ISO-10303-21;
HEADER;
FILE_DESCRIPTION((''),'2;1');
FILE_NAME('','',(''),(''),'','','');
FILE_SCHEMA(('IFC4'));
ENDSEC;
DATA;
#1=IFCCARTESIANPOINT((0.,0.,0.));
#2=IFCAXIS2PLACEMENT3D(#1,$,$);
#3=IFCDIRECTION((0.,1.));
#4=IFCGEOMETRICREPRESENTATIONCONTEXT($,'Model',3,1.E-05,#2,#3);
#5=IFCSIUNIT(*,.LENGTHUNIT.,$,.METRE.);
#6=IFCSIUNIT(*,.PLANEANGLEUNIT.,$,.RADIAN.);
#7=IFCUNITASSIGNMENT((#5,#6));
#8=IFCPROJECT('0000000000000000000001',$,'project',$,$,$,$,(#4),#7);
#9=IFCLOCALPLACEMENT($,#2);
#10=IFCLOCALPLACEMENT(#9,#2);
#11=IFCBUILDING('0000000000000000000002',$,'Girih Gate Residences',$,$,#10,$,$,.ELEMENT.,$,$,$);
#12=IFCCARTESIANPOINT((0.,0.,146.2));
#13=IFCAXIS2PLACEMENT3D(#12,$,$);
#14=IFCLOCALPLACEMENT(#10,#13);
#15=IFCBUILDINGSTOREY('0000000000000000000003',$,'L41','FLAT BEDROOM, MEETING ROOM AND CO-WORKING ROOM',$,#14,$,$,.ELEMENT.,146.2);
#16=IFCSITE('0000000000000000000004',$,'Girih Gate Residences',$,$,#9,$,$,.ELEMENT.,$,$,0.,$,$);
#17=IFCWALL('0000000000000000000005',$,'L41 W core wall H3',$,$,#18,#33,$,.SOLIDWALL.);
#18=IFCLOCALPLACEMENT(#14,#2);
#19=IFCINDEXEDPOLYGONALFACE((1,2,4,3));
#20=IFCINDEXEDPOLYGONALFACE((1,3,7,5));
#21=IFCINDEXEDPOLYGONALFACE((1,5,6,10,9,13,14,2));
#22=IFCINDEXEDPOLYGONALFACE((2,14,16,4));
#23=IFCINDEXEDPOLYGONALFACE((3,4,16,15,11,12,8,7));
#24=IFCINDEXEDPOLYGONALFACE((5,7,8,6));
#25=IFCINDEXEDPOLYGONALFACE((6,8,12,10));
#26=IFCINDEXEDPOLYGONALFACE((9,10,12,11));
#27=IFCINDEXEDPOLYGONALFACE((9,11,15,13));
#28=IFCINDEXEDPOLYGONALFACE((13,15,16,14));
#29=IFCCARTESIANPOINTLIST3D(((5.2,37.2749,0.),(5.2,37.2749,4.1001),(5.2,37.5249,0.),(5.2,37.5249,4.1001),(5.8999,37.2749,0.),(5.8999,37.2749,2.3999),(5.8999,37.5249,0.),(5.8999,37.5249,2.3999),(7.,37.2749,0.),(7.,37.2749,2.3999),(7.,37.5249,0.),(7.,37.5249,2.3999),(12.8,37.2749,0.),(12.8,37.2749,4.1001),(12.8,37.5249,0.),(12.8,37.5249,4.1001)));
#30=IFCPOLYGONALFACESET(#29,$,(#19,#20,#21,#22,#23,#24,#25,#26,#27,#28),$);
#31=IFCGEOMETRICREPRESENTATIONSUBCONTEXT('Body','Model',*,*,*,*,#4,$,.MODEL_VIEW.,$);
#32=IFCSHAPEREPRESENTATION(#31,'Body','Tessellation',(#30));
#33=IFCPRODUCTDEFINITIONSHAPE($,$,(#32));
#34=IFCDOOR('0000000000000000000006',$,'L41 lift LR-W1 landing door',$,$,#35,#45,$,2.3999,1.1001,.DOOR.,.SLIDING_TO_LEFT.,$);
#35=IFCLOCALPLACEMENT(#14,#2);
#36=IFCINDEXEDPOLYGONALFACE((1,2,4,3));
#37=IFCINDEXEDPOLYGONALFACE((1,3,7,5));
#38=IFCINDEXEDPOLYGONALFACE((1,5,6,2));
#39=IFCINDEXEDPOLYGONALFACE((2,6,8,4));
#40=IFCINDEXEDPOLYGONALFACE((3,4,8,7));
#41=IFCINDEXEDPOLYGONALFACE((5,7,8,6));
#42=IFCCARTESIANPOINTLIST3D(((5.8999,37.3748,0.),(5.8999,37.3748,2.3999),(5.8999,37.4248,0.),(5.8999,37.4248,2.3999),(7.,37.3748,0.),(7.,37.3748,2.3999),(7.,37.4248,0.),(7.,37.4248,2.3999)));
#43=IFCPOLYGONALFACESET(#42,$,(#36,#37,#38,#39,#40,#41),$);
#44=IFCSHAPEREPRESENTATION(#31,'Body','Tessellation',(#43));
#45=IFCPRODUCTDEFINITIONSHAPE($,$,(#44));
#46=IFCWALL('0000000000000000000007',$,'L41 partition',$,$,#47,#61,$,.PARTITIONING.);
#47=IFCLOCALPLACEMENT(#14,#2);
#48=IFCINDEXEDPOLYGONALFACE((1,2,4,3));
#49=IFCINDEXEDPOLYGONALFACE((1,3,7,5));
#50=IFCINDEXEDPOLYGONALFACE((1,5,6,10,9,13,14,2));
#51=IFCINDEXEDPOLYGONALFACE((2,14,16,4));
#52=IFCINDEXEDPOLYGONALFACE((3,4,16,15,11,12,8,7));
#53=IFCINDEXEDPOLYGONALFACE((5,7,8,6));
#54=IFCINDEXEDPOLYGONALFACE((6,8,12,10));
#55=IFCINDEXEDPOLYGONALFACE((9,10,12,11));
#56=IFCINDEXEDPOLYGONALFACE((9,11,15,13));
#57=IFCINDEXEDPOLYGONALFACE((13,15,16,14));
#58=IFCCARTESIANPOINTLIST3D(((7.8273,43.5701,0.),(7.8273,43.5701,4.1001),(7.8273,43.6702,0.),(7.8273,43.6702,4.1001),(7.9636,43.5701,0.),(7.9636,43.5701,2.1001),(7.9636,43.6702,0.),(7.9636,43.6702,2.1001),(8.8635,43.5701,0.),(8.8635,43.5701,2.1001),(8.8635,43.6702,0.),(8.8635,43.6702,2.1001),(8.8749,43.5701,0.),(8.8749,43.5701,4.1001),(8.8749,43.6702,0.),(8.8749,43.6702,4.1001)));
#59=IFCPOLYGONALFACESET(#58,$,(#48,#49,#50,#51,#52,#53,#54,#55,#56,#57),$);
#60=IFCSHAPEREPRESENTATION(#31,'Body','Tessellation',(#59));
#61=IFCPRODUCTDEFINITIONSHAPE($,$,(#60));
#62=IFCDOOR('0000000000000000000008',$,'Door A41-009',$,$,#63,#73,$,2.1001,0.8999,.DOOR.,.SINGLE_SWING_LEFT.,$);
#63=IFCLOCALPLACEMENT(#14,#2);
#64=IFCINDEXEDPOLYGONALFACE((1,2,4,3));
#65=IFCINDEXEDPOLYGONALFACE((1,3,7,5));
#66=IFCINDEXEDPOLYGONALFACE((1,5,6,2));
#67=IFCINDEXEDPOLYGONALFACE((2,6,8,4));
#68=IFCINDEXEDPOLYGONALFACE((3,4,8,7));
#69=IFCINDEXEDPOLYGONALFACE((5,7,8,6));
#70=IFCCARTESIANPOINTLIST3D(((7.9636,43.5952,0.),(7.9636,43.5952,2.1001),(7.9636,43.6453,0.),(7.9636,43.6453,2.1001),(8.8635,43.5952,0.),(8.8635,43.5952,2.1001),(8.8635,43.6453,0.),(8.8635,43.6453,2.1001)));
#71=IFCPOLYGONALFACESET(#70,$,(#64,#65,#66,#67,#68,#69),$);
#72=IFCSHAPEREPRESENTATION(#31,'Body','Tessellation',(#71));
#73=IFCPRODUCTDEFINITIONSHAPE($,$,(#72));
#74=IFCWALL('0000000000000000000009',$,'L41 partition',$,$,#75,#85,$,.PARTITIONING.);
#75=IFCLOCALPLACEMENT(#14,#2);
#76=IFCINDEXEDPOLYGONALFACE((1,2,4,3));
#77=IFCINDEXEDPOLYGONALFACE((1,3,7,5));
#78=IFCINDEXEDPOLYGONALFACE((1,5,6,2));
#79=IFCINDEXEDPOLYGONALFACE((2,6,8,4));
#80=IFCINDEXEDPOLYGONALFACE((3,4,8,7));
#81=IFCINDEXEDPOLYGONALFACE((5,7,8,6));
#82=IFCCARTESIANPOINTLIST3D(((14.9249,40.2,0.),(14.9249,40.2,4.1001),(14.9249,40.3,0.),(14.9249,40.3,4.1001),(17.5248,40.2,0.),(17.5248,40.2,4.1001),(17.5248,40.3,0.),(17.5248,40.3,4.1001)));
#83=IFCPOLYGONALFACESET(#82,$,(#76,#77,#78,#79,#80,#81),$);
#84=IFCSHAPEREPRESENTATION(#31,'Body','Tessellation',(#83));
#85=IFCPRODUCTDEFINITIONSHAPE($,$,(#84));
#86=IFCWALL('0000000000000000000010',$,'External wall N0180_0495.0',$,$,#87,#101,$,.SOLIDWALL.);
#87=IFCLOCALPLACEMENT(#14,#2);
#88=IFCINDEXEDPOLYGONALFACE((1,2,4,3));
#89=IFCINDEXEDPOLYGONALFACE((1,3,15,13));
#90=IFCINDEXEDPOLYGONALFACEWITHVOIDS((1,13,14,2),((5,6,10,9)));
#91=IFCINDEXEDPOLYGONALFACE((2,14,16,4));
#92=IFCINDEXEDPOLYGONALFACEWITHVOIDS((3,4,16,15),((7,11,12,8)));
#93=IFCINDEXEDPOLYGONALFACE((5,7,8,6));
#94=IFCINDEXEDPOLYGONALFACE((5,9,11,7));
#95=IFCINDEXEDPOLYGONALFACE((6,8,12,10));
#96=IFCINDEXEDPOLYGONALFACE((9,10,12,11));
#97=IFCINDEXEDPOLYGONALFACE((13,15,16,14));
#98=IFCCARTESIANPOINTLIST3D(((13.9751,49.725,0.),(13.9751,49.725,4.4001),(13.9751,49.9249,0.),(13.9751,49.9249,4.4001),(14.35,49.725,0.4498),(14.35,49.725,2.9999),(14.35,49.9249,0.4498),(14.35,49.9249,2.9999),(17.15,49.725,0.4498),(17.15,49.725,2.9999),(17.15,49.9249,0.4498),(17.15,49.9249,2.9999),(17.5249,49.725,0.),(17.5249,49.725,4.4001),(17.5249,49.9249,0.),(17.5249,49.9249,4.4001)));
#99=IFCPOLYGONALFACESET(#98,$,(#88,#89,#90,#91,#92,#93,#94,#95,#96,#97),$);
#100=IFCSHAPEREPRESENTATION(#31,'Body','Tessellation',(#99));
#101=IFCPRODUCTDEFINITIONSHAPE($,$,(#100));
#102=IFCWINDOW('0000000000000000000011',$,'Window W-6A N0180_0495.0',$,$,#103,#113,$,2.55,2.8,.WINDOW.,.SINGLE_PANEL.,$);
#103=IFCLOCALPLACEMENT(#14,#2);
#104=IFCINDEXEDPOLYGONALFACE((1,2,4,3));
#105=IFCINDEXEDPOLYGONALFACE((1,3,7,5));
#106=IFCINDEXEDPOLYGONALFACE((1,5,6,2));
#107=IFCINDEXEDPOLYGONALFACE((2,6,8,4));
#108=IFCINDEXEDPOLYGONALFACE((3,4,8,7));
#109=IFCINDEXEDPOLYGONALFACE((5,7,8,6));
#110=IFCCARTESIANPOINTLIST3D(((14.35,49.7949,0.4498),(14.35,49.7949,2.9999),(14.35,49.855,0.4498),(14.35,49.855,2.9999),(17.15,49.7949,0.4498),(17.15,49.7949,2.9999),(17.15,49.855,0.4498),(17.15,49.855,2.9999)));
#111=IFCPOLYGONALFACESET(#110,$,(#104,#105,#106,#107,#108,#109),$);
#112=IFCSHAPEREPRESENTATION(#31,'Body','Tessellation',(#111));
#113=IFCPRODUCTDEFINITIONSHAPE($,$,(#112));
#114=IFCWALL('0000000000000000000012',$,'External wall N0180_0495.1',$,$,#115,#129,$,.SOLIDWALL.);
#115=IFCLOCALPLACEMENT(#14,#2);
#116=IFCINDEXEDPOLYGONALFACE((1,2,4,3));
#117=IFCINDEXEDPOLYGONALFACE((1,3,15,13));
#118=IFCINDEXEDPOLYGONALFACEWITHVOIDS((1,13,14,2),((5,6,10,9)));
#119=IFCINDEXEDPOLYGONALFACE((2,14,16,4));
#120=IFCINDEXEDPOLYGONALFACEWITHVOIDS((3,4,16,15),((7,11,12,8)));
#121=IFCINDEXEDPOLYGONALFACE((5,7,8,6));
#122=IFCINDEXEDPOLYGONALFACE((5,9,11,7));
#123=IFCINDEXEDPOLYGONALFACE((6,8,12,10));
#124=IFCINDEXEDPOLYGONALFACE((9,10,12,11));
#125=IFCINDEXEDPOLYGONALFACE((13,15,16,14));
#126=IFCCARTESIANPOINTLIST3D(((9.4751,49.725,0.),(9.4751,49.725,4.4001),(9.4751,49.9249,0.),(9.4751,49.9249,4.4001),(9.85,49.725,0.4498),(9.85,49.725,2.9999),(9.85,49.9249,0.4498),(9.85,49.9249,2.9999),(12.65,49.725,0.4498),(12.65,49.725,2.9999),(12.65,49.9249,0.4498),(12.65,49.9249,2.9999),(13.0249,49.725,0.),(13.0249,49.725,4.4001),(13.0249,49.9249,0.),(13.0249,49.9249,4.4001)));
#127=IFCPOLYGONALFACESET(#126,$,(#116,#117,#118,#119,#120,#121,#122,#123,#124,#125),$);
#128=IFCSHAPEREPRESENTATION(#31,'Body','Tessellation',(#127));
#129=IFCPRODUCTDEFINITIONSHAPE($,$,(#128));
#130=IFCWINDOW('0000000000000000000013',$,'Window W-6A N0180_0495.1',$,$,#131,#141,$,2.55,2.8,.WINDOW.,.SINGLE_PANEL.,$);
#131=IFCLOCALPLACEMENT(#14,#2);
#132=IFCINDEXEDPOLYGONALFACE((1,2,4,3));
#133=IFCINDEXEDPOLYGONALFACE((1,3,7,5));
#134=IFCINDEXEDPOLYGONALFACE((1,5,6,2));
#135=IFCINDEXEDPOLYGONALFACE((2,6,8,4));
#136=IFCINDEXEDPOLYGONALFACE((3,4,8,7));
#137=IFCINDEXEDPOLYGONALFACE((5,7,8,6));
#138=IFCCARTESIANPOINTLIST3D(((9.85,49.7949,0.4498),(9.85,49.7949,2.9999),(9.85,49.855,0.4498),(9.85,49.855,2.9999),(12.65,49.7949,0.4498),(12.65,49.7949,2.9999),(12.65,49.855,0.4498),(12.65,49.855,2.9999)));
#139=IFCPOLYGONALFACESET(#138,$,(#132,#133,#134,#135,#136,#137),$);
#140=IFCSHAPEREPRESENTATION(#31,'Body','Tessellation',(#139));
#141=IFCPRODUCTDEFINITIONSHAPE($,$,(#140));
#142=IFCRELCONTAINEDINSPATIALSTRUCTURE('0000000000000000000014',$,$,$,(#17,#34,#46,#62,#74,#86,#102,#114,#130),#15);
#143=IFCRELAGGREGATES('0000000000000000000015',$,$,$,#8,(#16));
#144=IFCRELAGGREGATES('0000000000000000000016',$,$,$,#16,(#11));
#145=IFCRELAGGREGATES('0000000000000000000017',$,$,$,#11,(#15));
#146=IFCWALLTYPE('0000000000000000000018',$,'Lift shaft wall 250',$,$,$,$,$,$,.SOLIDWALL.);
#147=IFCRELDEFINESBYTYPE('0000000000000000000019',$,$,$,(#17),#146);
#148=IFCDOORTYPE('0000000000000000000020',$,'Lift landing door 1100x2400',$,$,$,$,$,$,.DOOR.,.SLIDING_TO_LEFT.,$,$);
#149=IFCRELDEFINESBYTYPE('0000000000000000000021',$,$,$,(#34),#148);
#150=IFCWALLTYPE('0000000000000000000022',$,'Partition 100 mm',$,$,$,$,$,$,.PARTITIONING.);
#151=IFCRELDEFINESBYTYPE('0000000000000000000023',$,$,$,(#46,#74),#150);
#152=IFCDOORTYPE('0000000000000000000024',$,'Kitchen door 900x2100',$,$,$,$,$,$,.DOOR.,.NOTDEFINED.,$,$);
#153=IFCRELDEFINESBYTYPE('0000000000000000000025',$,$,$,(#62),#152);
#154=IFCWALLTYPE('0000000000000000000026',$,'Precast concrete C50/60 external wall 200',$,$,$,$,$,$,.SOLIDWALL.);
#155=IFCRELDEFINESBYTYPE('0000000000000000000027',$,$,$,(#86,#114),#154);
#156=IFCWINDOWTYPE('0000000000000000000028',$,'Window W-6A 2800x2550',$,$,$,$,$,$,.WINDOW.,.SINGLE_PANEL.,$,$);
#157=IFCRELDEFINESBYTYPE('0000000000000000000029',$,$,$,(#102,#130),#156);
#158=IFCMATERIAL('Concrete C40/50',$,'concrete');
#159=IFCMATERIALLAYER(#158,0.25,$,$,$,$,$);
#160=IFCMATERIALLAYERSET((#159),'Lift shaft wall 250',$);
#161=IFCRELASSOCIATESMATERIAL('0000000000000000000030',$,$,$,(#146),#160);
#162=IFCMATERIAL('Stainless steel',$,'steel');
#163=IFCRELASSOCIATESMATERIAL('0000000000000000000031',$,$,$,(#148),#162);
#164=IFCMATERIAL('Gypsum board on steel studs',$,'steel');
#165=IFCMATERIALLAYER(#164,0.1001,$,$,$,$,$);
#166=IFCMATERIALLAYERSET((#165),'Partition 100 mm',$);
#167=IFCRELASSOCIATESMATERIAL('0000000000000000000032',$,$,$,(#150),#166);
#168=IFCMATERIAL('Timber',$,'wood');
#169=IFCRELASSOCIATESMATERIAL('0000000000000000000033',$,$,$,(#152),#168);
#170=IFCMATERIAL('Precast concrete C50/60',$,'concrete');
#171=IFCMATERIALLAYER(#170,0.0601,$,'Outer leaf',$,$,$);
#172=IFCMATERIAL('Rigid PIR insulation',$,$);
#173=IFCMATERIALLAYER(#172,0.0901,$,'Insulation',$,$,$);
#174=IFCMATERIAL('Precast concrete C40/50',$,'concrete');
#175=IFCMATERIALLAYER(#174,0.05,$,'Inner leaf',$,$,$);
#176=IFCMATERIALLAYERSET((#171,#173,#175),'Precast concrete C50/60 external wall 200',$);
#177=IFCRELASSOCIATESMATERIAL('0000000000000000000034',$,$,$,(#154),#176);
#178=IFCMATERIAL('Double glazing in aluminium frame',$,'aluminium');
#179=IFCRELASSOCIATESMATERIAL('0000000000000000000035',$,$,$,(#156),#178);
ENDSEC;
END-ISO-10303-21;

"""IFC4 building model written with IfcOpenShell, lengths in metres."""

from ifc_helpers import new_model, si_unit, direction, frame, frame_2d, origin, place, context, subcontext, project, spatial, rectangle, extrude, material, layer, layer_set, type_object, element, fill, save


model = new_model("IFC4")

# Units and contexts
model_context = context("Model", 3, precision=1e-05, world=origin(), true_north=direction((0.0, 1.0)))
body_context = subcontext(model_context, "Body", "Model", "MODEL_VIEW")
ifc_project = project(units=[si_unit("LENGTHUNIT", "METRE"), si_unit("PLANEANGLEUNIT", "RADIAN")], contexts=[model_context])

# Site, building, storey
site_placement = place(None, origin())
site = spatial("IfcSite", under=ifc_project, at=site_placement, Name="Girih Gate Residences", CompositionType="ELEMENT", RefElevation=0.0)
building_placement = place(site_placement, origin())
building = spatial("IfcBuilding", under=site, at=building_placement, Name="Girih Gate Residences", CompositionType="ELEMENT")
storey_placement = place(building_placement, frame((0.0, 0.0, 146.2)))
storey = spatial("IfcBuildingStorey", under=building, at=storey_placement, Name="L41", Description="FLAT BEDROOM, MEETING ROOM AND CO-WORKING ROOM", CompositionType="ELEMENT", Elevation=146.2)

# Shared definitions
ifc_material_1 = material(Name="Gypsum board on steel studs", Category="steel")

# Walls, openings, doors
ifc_material_2 = material(Name="Concrete C40/50", Category="concrete")
ifc_layer_1 = layer(ifc_material_2, 0.25)
ifc_layer_set_1 = layer_set([ifc_layer_1], Name="Lift shaft wall 250")
wall_type_1 = type_object("IfcWallType", Name="Lift shaft wall 250", PredefinedType="SOLIDWALL", material=ifc_layer_set_1)
wall_1_placement = place(storey_placement, frame((5.2, 37.3999, 0.0), z_axis=(0.0, 0.0, 1.0), x_axis=(1.0, 0.0, 0.0)))
wall_1 = element("IfcWall", 1, at=wall_1_placement, inside=storey, type_object=wall_type_1, Name="L41 W core wall H3", PredefinedType="SOLIDWALL", context=body_context, shape_type="SweptSolid", body=[
    extrude(rectangle(XDim=7.6001, YDim=0.25, at=frame_2d((3.8, 0.0))), origin(), (0.0, 0.0, 1.0), 4.1001),
])
opening_1_placement = place(wall_1_placement, frame((0.7, 0.0, 0.0)))
opening_1 = element("IfcOpeningElement", 2, at=opening_1_placement, cuts=wall_1, PredefinedType="OPENING", context=body_context, shape_type="SweptSolid", body=[
    extrude(rectangle(XDim=1.1001, YDim=2.3999, at=frame_2d((0.55, 1.2))), frame((0.0, 0.135, 0.0), z_axis=(0.0, -1.0, 0.0), x_axis=(1.0, 0.0, 0.0)), (0.0, 0.0, 1.0), 0.27),
])
ifc_material_3 = material(Name="Stainless steel", Category="steel")
door_type_1 = type_object("IfcDoorType", Name="Lift landing door 1100x2400", OperationType="SLIDING_TO_LEFT", PredefinedType="DOOR", material=ifc_material_3)
door_1_placement = place(opening_1_placement, origin())
door_1 = element("IfcDoor", 3, at=door_1_placement, inside=storey, type_object=door_type_1, Name="L41 lift LR-W1 landing door", OperationType="SLIDING_TO_LEFT", OverallHeight=2.3999, OverallWidth=1.1001, PredefinedType="DOOR", context=body_context, shape_type="SweptSolid", body=[
    extrude(rectangle(XDim=1.1001, YDim=2.3999, at=frame_2d((0.55, 1.2))), frame((0.0, 0.0249, 0.0), z_axis=(0.0, -1.0, 0.0), x_axis=(1.0, 0.0, 0.0)), (0.0, 0.0, 1.0), 0.05),
])
fill(opening_1, door_1)
ifc_layer_2 = layer(ifc_material_1, 0.1001)
ifc_layer_set_2 = layer_set([ifc_layer_2], Name="Partition 100 mm")
wall_type_2 = type_object("IfcWallType", Name="Partition 100 mm", PredefinedType="PARTITIONING", material=ifc_layer_set_2)
wall_2_placement = place(storey_placement, frame((8.875, 43.6201, 0.0), z_axis=(0.0, 0.0, 1.0), x_axis=(-1.0, 0.0, 0.0)))
wall_2 = element("IfcWall", 4, at=wall_2_placement, inside=storey, type_object=wall_type_2, Name="L41 partition", PredefinedType="PARTITIONING", context=body_context, shape_type="SweptSolid", body=[
    extrude(rectangle(XDim=1.0476, YDim=0.1001, at=frame_2d((0.5239, 0.0))), origin(), (0.0, 0.0, 1.0), 4.1001),
])
opening_2_placement = place(wall_2_placement, frame((0.0115, 0.0, 0.0)))
opening_2 = element("IfcOpeningElement", 5, at=opening_2_placement, cuts=wall_2, PredefinedType="OPENING", context=body_context, shape_type="SweptSolid", body=[
    extrude(rectangle(XDim=0.8999, YDim=2.1001, at=frame_2d((0.45, 1.05))), frame((0.0, 0.0601, 0.0), z_axis=(0.0, -1.0, 0.0), x_axis=(1.0, 0.0, 0.0)), (0.0, 0.0, 1.0), 0.1201),
])
ifc_material_4 = material(Name="Timber", Category="wood")
door_type_2 = type_object("IfcDoorType", Name="Kitchen door 900x2100", OperationType="NOTDEFINED", PredefinedType="DOOR", material=ifc_material_4)
door_2_placement = place(opening_2_placement, origin())
door_2 = element("IfcDoor", 6, at=door_2_placement, inside=storey, type_object=door_type_2, Name="Door A41-009", OperationType="SINGLE_SWING_LEFT", OverallHeight=2.1001, OverallWidth=0.8999, PredefinedType="DOOR", context=body_context, shape_type="SweptSolid", body=[
    extrude(rectangle(XDim=0.8999, YDim=2.1001, at=frame_2d((0.45, 1.05))), frame((0.0, 0.0249, 0.0), z_axis=(0.0, -1.0, 0.0), x_axis=(1.0, 0.0, 0.0)), (0.0, 0.0, 1.0), 0.05),
])
fill(opening_2, door_2)

# Wall
wall_3_placement = place(storey_placement, frame((14.925, 40.25, 0.0), z_axis=(0.0, 0.0, 1.0), x_axis=(1.0, 0.0, 0.0)))
element("IfcWall", 7, at=wall_3_placement, inside=storey, type_object=wall_type_2, Name="L41 partition", PredefinedType="PARTITIONING", context=body_context, shape_type="SweptSolid", body=[
    extrude(rectangle(XDim=2.5999, YDim=0.1001, at=frame_2d((1.2998, 0.0))), origin(), (0.0, 0.0, 1.0), 4.1001),
])

# Walls, openings, windows
ifc_material_5 = material(Name="Precast concrete C50/60", Category="concrete")
ifc_layer_3 = layer(ifc_material_5, 0.0601, Name="Outer leaf")
ifc_material_6 = material(Name="Rigid PIR insulation")
ifc_layer_4 = layer(ifc_material_6, 0.0901, Name="Insulation")
ifc_material_7 = material(Name="Precast concrete C40/50", Category="concrete")
ifc_layer_5 = layer(ifc_material_7, 0.05, Name="Inner leaf")
ifc_layer_set_3 = layer_set([ifc_layer_3, ifc_layer_4, ifc_layer_5], Name="Precast concrete C50/60 external wall 200")
wall_type_3 = type_object("IfcWallType", Name="Precast concrete C50/60 external wall 200", PredefinedType="SOLIDWALL", material=ifc_layer_set_3)
wall_4_placement = place(storey_placement, frame((13.9751, 49.825, 0.0), z_axis=(0.0, 0.0, 1.0), x_axis=(1.0, 0.0, 0.0)))
wall_4 = element("IfcWall", 8, at=wall_4_placement, inside=storey, type_object=wall_type_3, Name="External wall N0180_0495.0", PredefinedType="SOLIDWALL", context=body_context, shape_type="SweptSolid", body=[
    extrude(rectangle(XDim=3.5498, YDim=0.2, at=frame_2d((1.7749, 0.0))), origin(), (0.0, 0.0, 1.0), 4.4001),
])
opening_3_placement = place(wall_4_placement, frame((0.375, 0.0, 0.45)))
opening_3 = element("IfcOpeningElement", 9, at=opening_3_placement, cuts=wall_4, PredefinedType="OPENING", context=body_context, shape_type="SweptSolid", body=[
    extrude(rectangle(XDim=2.8, YDim=2.55, at=frame_2d((1.3999, 1.2749))), frame((0.0, 0.1099, 0.0), z_axis=(0.0, -1.0, 0.0), x_axis=(1.0, 0.0, 0.0)), (0.0, 0.0, 1.0), 0.22),
])
ifc_material_8 = material(Name="Double glazing in aluminium frame", Category="aluminium")
window_type = type_object("IfcWindowType", Name="Window W-6A 2800x2550", PartitioningType="SINGLE_PANEL", PredefinedType="WINDOW", material=ifc_material_8)
window_1_placement = place(opening_3_placement, origin())
window_1 = element("IfcWindow", 10, at=window_1_placement, inside=storey, type_object=window_type, Name="Window W-6A N0180_0495.0", OverallHeight=2.55, OverallWidth=2.8, PartitioningType="SINGLE_PANEL", PredefinedType="WINDOW", context=body_context, shape_type="SweptSolid", body=[
    extrude(rectangle(XDim=2.8, YDim=2.55, at=frame_2d((1.3999, 1.2749))), frame((0.0, 0.03, 0.0), z_axis=(0.0, -1.0, 0.0), x_axis=(1.0, 0.0, 0.0)), (0.0, 0.0, 1.0), 0.0601),
])
fill(opening_3, window_1)
wall_5_placement = place(storey_placement, frame((9.4751, 49.825, 0.0), z_axis=(0.0, 0.0, 1.0), x_axis=(1.0, 0.0, 0.0)))
wall_5 = element("IfcWall", 11, at=wall_5_placement, inside=storey, type_object=wall_type_3, Name="External wall N0180_0495.1", PredefinedType="SOLIDWALL", context=body_context, shape_type="SweptSolid", body=[
    extrude(rectangle(XDim=3.5498, YDim=0.2, at=frame_2d((1.7749, 0.0))), origin(), (0.0, 0.0, 1.0), 4.4001),
])
opening_4_placement = place(wall_5_placement, frame((0.375, 0.0, 0.45)))
opening_4 = element("IfcOpeningElement", 12, at=opening_4_placement, cuts=wall_5, PredefinedType="OPENING", context=body_context, shape_type="SweptSolid", body=[
    extrude(rectangle(XDim=2.8, YDim=2.55, at=frame_2d((1.3999, 1.2749))), frame((0.0, 0.1099, 0.0), z_axis=(0.0, -1.0, 0.0), x_axis=(1.0, 0.0, 0.0)), (0.0, 0.0, 1.0), 0.22),
])
window_2_placement = place(opening_4_placement, origin())
window_2 = element("IfcWindow", 13, at=window_2_placement, inside=storey, type_object=window_type, Name="Window W-6A N0180_0495.1", OverallHeight=2.55, OverallWidth=2.8, PartitioningType="SINGLE_PANEL", PredefinedType="WINDOW", context=body_context, shape_type="SweptSolid", body=[
    extrude(rectangle(XDim=2.8, YDim=2.55, at=frame_2d((1.3999, 1.2749))), frame((0.0, 0.03, 0.0), z_axis=(0.0, -1.0, 0.0), x_axis=(1.0, 0.0, 0.0)), (0.0, 0.0, 1.0), 0.0601),
])
fill(opening_4, window_2)

save(model, "model.ifc")
